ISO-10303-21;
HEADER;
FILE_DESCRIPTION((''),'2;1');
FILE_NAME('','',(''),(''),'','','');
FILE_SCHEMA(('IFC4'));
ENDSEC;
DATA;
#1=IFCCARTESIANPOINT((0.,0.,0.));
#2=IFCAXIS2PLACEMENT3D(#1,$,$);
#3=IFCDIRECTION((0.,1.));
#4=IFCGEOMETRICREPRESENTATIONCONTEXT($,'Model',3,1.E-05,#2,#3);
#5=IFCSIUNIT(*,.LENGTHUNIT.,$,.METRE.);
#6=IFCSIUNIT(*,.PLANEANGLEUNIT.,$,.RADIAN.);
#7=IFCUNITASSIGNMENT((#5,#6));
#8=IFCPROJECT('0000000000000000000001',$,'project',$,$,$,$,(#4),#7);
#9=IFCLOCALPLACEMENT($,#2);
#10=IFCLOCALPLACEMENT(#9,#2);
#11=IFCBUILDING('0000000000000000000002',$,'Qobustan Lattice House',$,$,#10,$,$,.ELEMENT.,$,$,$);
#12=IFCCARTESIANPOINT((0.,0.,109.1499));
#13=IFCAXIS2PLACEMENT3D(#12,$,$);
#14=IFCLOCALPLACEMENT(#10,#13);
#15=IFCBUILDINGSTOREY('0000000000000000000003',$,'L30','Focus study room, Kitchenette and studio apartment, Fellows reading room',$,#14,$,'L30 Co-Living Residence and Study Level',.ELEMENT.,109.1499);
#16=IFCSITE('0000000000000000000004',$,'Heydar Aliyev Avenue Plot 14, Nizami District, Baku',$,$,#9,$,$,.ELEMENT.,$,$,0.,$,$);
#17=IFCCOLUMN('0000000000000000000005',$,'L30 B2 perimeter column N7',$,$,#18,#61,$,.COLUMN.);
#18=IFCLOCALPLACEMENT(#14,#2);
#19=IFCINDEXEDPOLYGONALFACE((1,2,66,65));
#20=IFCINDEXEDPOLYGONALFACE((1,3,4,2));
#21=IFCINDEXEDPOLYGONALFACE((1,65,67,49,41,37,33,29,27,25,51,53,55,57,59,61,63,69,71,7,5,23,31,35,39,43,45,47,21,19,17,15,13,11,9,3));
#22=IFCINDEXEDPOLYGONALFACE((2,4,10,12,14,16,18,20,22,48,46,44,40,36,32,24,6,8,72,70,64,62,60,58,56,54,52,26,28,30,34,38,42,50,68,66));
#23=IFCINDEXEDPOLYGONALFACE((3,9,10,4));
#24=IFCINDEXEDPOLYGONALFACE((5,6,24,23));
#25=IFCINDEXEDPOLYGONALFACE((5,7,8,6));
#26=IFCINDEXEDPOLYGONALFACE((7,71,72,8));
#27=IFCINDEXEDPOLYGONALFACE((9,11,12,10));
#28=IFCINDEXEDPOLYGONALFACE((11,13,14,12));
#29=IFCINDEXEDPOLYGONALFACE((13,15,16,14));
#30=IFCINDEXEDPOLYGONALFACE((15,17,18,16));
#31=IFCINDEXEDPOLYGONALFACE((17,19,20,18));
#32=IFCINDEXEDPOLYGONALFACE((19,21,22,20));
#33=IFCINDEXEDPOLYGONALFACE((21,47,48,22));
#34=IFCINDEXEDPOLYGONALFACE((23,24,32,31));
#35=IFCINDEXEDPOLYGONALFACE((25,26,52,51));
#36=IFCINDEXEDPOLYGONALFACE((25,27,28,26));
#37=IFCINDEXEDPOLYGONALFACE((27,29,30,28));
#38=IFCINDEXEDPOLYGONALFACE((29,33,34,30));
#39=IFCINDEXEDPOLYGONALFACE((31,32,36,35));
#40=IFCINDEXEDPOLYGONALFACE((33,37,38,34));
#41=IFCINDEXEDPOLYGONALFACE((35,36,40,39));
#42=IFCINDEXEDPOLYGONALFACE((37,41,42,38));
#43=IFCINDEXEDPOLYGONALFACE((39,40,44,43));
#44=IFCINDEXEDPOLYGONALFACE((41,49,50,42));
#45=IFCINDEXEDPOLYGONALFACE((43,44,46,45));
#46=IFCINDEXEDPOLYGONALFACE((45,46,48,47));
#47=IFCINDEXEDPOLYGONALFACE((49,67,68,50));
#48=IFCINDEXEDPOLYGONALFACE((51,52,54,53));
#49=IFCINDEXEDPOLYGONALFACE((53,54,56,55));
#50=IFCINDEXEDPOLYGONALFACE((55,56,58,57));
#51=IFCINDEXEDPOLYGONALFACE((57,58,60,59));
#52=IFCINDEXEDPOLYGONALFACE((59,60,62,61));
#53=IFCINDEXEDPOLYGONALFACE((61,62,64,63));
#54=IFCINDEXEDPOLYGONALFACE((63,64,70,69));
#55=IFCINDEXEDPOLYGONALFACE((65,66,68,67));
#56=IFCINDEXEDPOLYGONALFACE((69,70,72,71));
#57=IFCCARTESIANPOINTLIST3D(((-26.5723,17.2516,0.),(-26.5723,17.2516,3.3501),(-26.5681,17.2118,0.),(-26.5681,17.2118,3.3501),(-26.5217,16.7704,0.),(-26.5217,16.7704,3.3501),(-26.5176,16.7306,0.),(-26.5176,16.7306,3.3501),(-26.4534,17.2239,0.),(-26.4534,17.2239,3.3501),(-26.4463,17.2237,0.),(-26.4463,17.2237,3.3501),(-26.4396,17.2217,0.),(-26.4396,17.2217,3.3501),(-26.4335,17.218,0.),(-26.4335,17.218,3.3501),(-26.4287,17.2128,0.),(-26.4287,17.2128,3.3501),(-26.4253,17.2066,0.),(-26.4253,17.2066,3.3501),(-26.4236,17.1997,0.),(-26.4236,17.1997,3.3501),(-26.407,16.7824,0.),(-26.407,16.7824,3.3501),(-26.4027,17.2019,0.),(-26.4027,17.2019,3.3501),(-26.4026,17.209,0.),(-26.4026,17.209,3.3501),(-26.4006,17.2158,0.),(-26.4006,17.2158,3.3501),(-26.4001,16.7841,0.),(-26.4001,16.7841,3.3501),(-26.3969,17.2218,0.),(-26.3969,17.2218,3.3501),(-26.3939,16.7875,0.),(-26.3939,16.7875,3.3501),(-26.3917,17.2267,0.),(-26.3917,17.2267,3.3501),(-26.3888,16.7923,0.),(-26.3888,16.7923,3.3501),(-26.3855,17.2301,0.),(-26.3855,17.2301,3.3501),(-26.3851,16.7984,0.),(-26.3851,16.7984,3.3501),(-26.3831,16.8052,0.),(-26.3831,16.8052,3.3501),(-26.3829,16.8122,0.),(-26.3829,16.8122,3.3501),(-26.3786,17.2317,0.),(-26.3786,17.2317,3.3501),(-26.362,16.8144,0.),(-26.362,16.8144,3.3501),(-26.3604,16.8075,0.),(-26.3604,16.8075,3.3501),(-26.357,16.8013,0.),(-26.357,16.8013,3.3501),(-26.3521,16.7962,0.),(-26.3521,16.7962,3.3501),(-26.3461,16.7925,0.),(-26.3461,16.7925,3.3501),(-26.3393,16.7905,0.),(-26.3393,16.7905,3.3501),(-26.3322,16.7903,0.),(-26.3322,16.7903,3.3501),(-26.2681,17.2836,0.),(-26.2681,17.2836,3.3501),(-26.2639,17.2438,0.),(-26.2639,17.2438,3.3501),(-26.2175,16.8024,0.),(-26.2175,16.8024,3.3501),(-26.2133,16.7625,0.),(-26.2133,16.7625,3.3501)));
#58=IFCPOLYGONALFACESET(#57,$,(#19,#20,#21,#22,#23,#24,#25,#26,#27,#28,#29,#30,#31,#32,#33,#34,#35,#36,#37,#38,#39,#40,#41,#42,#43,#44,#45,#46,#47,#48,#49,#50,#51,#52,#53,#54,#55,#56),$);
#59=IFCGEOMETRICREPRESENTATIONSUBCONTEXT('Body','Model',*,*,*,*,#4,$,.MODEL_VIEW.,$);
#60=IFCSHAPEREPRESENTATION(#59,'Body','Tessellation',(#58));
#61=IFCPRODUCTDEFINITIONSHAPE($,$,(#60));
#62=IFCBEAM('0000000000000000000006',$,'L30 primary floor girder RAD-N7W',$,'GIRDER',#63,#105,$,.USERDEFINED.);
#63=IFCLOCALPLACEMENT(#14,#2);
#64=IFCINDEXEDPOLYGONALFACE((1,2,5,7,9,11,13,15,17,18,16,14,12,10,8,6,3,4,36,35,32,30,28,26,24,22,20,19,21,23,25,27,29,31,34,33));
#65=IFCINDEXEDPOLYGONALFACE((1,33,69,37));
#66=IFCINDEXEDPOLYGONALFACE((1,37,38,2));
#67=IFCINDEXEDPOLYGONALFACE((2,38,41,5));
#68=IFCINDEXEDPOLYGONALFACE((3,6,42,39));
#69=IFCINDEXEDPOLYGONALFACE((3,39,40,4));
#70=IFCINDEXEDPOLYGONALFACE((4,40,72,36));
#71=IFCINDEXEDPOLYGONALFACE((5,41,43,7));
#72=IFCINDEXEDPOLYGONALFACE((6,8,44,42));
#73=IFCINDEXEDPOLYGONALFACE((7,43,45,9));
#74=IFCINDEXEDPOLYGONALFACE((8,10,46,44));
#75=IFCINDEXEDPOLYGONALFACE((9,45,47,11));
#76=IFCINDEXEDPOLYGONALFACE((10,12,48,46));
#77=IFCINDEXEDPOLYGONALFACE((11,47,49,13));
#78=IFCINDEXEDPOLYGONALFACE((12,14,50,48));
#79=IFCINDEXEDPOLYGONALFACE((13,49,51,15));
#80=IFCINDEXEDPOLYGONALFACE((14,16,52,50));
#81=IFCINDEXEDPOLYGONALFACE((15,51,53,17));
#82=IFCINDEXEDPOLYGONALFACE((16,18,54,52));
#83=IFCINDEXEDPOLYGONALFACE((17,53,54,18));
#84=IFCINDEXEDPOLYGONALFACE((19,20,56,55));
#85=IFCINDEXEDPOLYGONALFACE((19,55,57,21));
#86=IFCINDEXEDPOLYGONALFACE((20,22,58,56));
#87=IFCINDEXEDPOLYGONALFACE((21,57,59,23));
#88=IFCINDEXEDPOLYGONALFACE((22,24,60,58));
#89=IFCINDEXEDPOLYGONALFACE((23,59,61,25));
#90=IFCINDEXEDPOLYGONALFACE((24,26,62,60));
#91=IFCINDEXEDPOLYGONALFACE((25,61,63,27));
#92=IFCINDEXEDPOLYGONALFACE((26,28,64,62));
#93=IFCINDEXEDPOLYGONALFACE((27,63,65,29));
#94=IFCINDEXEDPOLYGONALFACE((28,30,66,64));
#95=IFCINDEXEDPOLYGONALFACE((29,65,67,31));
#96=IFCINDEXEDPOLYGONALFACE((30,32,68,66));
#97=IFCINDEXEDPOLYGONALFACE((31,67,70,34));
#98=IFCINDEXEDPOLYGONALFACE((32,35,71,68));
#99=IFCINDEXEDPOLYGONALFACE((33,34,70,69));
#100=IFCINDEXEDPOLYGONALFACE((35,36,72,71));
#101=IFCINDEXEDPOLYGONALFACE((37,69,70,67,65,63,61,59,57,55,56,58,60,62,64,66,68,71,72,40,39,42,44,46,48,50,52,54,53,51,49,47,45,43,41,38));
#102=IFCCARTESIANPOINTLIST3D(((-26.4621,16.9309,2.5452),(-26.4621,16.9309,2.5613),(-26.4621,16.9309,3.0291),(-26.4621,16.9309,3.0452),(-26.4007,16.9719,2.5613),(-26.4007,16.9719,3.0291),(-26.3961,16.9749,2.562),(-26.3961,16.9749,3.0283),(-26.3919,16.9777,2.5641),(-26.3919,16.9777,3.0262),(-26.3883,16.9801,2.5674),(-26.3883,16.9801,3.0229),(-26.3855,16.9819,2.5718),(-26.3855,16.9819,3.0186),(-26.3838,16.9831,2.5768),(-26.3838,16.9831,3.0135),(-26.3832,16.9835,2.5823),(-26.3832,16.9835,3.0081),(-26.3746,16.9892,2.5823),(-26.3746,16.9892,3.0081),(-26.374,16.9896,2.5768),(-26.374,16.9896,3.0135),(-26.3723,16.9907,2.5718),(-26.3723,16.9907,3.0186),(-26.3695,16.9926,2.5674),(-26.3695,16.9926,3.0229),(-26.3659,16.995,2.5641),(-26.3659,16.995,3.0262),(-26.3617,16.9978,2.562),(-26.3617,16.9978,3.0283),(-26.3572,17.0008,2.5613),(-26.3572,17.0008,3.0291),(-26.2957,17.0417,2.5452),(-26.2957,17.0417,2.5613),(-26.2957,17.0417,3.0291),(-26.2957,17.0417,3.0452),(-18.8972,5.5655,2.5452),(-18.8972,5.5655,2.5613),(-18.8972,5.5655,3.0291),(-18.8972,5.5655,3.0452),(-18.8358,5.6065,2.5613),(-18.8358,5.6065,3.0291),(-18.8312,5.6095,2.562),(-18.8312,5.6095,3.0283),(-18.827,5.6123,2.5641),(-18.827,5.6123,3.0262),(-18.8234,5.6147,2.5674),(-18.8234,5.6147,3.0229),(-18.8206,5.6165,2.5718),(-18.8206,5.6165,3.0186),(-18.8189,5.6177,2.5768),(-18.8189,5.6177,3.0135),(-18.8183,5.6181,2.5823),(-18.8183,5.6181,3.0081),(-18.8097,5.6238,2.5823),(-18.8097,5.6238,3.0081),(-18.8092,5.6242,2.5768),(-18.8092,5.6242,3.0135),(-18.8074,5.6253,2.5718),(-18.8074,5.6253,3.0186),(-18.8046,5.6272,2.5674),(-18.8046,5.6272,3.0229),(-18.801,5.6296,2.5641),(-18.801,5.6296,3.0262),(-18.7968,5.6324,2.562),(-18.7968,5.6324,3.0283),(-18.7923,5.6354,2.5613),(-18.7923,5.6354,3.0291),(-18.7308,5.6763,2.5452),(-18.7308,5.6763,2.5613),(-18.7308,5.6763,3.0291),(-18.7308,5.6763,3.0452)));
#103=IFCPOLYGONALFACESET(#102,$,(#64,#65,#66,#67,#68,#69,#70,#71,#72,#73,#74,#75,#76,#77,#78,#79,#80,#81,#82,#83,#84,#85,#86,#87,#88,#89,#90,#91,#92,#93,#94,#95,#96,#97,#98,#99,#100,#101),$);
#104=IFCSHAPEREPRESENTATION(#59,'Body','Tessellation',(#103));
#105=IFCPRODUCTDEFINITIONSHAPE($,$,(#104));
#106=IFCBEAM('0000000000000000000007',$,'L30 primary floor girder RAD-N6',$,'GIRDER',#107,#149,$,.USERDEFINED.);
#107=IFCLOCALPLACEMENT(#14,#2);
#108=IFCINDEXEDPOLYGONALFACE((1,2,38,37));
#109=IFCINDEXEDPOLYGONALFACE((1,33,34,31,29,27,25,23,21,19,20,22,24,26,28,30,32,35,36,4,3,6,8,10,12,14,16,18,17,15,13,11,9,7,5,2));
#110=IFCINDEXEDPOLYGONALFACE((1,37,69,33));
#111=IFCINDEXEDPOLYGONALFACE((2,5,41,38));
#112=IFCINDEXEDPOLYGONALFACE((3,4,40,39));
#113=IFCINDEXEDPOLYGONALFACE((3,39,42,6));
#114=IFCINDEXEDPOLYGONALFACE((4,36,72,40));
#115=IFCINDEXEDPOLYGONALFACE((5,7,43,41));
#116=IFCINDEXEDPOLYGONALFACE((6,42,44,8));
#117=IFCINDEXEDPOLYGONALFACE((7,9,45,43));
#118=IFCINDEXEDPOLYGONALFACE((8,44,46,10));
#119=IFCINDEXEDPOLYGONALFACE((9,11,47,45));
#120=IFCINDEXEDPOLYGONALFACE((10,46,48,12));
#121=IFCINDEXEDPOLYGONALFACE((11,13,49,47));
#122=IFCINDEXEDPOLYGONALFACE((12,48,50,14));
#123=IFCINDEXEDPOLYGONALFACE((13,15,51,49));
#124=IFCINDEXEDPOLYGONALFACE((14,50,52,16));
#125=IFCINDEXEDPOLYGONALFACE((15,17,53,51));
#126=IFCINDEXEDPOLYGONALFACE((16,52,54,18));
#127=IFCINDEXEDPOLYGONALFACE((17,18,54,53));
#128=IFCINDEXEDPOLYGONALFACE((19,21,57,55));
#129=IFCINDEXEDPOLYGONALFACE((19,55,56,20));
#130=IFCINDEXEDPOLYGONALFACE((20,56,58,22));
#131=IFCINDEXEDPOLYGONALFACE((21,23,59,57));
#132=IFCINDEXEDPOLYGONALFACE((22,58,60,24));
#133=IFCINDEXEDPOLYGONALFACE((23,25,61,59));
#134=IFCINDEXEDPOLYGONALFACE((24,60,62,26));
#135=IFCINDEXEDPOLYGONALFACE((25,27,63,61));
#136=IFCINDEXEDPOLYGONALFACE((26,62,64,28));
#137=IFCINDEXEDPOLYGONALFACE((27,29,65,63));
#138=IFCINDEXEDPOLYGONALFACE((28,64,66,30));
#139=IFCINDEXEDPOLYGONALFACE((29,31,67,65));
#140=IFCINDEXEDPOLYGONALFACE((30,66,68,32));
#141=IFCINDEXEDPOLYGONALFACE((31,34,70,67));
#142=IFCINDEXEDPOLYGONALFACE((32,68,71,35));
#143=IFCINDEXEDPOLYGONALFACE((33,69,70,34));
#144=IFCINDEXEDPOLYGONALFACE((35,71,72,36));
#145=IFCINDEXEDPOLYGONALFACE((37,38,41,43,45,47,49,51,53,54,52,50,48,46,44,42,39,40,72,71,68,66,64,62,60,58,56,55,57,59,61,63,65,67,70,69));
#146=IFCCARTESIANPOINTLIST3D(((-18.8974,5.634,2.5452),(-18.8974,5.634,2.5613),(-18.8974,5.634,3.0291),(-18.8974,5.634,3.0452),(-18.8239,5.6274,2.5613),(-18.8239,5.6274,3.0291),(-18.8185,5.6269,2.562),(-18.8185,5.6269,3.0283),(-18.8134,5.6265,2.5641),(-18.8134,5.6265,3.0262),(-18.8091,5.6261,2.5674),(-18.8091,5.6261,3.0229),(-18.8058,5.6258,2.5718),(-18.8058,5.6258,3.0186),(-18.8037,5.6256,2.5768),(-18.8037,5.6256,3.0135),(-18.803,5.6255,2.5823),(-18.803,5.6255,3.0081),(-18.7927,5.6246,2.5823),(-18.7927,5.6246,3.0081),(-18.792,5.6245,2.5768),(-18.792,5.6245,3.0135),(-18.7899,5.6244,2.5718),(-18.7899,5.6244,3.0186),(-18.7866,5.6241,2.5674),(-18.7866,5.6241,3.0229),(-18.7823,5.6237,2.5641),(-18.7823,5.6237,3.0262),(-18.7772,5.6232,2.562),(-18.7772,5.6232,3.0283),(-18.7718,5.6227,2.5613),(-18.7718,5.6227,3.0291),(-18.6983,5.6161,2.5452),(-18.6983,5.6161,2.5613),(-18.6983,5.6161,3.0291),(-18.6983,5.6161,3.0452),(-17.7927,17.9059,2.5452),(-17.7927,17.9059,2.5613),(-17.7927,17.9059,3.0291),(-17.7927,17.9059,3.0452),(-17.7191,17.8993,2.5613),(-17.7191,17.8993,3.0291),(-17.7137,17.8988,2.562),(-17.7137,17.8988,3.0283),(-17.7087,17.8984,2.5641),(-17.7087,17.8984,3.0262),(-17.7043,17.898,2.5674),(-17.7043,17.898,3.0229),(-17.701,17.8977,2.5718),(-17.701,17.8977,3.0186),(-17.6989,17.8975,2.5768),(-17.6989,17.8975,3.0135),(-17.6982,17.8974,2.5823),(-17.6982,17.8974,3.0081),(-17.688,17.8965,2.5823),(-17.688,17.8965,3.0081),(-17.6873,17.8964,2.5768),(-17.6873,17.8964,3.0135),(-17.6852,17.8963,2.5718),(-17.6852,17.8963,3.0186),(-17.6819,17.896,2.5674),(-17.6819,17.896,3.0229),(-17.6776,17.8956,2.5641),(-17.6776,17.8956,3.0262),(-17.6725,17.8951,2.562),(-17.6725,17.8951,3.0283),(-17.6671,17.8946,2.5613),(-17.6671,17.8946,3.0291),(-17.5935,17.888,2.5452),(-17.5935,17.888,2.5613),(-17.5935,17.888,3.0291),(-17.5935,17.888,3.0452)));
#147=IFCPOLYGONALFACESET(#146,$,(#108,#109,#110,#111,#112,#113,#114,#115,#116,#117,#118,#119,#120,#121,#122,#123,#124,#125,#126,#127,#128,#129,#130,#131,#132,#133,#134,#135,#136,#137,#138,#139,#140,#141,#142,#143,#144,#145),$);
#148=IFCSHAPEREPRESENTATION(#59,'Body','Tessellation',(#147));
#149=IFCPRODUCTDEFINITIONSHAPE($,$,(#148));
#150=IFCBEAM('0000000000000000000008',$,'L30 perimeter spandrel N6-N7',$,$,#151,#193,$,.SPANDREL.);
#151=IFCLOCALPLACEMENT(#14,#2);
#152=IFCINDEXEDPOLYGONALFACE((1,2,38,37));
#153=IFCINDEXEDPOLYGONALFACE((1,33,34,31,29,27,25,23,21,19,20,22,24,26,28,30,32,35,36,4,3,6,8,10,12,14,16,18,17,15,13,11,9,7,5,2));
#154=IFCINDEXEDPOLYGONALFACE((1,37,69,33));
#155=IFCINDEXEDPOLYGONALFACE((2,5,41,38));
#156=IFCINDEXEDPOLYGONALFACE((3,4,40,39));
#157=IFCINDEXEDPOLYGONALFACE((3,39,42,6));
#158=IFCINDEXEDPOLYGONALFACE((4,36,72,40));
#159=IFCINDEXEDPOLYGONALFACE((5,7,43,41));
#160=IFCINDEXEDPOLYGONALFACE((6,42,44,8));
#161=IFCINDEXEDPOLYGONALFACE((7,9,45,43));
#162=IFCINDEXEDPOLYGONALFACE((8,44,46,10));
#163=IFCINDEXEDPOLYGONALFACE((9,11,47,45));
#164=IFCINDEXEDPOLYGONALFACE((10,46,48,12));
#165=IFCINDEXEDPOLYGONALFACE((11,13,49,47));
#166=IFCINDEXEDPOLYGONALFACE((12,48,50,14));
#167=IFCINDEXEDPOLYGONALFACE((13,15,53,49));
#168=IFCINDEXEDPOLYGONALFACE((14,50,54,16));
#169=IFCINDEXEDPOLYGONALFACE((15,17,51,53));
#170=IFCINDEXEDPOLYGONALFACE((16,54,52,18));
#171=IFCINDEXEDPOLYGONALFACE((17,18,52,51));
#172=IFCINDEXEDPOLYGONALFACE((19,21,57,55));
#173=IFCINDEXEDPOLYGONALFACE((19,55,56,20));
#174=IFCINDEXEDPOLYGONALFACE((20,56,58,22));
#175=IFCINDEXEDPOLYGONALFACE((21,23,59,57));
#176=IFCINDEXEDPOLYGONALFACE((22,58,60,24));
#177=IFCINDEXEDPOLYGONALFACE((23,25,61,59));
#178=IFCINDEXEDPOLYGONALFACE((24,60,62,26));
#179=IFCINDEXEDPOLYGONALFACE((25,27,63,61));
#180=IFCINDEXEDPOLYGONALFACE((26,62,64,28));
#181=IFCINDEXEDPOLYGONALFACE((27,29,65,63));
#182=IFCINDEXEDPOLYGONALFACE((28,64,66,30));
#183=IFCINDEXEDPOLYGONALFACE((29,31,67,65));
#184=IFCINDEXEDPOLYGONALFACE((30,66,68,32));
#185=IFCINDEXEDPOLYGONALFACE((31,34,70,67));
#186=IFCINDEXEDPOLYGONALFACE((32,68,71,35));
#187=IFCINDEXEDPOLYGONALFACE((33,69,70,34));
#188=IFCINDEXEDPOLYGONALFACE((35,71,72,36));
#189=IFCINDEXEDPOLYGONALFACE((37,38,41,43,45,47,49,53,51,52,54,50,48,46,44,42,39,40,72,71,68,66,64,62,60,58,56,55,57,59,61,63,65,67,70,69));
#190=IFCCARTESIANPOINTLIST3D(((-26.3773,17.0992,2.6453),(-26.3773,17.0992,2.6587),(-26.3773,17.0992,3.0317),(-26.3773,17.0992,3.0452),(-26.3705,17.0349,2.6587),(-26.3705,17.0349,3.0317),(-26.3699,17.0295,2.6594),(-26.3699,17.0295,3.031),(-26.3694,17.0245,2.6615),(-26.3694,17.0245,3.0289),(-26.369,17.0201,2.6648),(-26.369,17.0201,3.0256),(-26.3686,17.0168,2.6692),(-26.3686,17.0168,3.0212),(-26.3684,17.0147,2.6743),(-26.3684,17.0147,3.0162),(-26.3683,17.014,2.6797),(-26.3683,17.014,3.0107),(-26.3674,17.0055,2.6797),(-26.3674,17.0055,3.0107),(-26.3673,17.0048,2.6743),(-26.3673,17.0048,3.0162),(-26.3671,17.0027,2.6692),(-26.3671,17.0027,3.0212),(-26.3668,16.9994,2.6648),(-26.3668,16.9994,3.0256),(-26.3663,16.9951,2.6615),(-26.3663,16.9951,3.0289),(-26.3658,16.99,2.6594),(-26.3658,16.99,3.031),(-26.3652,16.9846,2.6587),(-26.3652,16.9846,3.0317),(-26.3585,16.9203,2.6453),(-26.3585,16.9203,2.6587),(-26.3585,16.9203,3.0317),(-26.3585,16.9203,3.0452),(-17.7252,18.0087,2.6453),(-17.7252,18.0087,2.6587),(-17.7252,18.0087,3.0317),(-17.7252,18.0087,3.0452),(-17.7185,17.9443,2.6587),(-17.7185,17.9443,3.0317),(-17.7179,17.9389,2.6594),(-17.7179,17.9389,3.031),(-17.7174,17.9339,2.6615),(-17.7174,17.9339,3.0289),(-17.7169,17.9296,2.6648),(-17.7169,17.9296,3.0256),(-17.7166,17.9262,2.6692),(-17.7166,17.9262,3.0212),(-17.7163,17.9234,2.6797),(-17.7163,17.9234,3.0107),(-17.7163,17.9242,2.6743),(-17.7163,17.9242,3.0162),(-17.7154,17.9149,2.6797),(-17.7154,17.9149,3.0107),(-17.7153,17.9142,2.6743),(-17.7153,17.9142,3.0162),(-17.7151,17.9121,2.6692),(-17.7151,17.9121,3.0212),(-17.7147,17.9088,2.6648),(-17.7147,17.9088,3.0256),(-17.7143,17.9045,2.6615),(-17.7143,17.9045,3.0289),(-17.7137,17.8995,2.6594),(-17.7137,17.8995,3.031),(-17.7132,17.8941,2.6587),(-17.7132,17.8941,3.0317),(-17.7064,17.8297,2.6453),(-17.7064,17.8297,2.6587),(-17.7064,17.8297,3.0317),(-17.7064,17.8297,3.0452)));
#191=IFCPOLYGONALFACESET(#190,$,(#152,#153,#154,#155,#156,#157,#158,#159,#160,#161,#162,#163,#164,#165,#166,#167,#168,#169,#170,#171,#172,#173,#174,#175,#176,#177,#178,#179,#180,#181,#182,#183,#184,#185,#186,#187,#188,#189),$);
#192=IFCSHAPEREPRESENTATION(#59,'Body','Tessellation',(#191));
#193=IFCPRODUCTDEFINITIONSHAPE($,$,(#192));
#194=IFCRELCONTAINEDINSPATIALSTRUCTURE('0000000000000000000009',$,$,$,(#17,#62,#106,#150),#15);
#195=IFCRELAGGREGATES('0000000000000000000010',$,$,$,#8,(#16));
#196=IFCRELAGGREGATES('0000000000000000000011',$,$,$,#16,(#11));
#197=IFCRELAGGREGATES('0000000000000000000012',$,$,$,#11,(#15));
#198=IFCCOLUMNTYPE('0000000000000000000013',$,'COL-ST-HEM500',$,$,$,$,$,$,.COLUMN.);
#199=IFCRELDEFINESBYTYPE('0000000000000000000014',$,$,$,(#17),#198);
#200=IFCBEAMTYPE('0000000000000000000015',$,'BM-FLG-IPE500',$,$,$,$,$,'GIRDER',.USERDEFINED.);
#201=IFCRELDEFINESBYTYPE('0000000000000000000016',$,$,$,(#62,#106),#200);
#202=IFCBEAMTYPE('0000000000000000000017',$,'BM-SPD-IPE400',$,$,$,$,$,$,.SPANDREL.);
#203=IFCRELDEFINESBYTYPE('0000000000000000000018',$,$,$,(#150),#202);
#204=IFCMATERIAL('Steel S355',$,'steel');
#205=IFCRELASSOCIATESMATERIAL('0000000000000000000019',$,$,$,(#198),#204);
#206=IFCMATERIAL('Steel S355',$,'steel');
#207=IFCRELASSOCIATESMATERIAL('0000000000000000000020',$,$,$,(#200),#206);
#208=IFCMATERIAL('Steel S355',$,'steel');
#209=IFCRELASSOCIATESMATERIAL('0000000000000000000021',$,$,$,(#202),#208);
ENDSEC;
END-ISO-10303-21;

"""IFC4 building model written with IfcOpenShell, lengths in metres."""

from ifc_helpers import new_model, si_unit, direction, frame, origin, origin_2d, place, context, subcontext, project, spatial, i_section, extrude, material, material_profile, profile_set, type_object, element, save


model = new_model("IFC4")

# Units and contexts
model_context = context("Model", 3, precision=1e-05, world=origin(), true_north=direction((0.0, 1.0)))
body_context = subcontext(model_context, "Body", "Model", "MODEL_VIEW")
ifc_project = project(units=[si_unit("LENGTHUNIT", "METRE"), si_unit("PLANEANGLEUNIT", "RADIAN")], contexts=[model_context])

# Site, building, storey
site_placement = place(None, origin())
site = spatial("IfcSite", under=ifc_project, at=site_placement, Name="Heydar Aliyev Avenue Plot 14, Nizami District, Baku", CompositionType="ELEMENT", RefElevation=0.0)
building_placement = place(site_placement, origin())
building = spatial("IfcBuilding", under=site, at=building_placement, Name="Qobustan Lattice House", CompositionType="ELEMENT")
storey_placement = place(building_placement, frame((0.0, 0.0, 109.1499)))
storey = spatial("IfcBuildingStorey", under=building, at=storey_placement, Name="L30", Description="Focus study room, Kitchenette and studio apartment, Fellows reading room", LongName="L30 Co-Living Residence and Study Level", CompositionType="ELEMENT", Elevation=109.1499)

# Column
ifc_material_1 = material(Name="Steel S355", Category="steel")
ifc_material_profile_1 = material_profile(ifc_material_1, i_section(OverallWidth=0.3059, OverallDepth=0.5239, WebThickness=0.021, FlangeThickness=0.04, FilletRadius=0.0271, at=origin_2d()), Name="HEM500")
ifc_profile_set_1 = profile_set([ifc_material_profile_1], Name="Steel S355")
column_type = type_object("IfcColumnType", Name="COL-ST-HEM500", PredefinedType="COLUMN", material=ifc_profile_set_1)
column_placement = place(storey_placement, frame((-26.3928, 17.0071, 0.0), z_axis=(0.0, 0.0, 1.0), x_axis=(0.994522, 0.104528, 0.0)))
element("IfcColumn", 1, at=column_placement, inside=storey, type_object=column_type, Name="L30 B2 perimeter column N7", PredefinedType="COLUMN", context=body_context, shape_type="SweptSolid", body=[
    extrude(i_section(OverallWidth=0.3059, OverallDepth=0.5239, WebThickness=0.021, FlangeThickness=0.04, FilletRadius=0.0271, at=origin_2d()), origin(), (0.0, 0.0, 1.0), 3.3501),
])

# Beams
ifc_material_2 = material(Name="Steel S355", Category="steel")
ifc_material_profile_2 = material_profile(ifc_material_2, i_section(OverallWidth=0.2, OverallDepth=0.5, WebThickness=0.0103, FlangeThickness=0.0161, FilletRadius=0.021, at=origin_2d()), Name="IPE500")
ifc_profile_set_2 = profile_set([ifc_material_profile_2], Name="Steel S355")
beam_type_1 = type_object("IfcBeamType", Name="BM-FLG-IPE500", ElementType="GIRDER", PredefinedType="USERDEFINED", material=ifc_profile_set_2)
beam_1_placement = place(storey_placement, frame((-26.3789, 16.9863, 2.7952), z_axis=(0.554089, -0.832457, 0.0), x_axis=(0.832457, 0.554089, 0.0)))
element("IfcBeam", 2, at=beam_1_placement, inside=storey, type_object=beam_type_1, Name="L30 primary floor girder RAD-N7W", ObjectType="GIRDER", PredefinedType="USERDEFINED", context=body_context, shape_type="SweptSolid", body=[
    extrude(i_section(OverallWidth=0.2, OverallDepth=0.5, WebThickness=0.0103, FlangeThickness=0.0161, FilletRadius=0.021, at=origin_2d()), origin(), (0.0, 0.0, 1.0), 13.6528),
])
beam_2_placement = place(storey_placement, frame((-17.6931, 17.897, 2.7952), z_axis=(-0.089659, -0.995973, 0.0), x_axis=(0.995973, -0.089659, 0.0)))
element("IfcBeam", 3, at=beam_2_placement, inside=storey, type_object=beam_type_1, Name="L30 primary floor girder RAD-N6", ObjectType="GIRDER", PredefinedType="USERDEFINED", context=body_context, shape_type="SweptSolid", body=[
    extrude(i_section(OverallWidth=0.2, OverallDepth=0.5, WebThickness=0.0103, FlangeThickness=0.0161, FilletRadius=0.021, at=origin_2d()), origin(), (0.0, 0.0, 1.0), 12.3215),
])
ifc_material_3 = material(Name="Steel S355", Category="steel")
ifc_material_profile_3 = material_profile(ifc_material_3, i_section(OverallWidth=0.1799, OverallDepth=0.3999, WebThickness=0.0085, FlangeThickness=0.0134, FilletRadius=0.021, at=origin_2d()), Name="IPE400")
ifc_profile_set_3 = profile_set([ifc_material_profile_3], Name="Steel S355")
beam_type_2 = type_object("IfcBeamType", Name="BM-SPD-IPE400", PredefinedType="SPANDREL", material=ifc_profile_set_3)
beam_3_placement = place(storey_placement, frame((-17.7158, 17.9192, 2.8452), z_axis=(-0.994521, -0.104534, 0.0), x_axis=(0.104534, -0.994521, 0.0)))
element("IfcBeam", 4, at=beam_3_placement, inside=storey, type_object=beam_type_2, Name="L30 perimeter spandrel N6-N7", PredefinedType="SPANDREL", context=body_context, shape_type="SweptSolid", body=[
    extrude(i_section(OverallWidth=0.1799, OverallDepth=0.3999, WebThickness=0.0085, FlangeThickness=0.0134, FilletRadius=0.021, at=origin_2d()), origin(), (0.0, 0.0, 1.0), 8.6997),
])

save(model, "model.ifc")
